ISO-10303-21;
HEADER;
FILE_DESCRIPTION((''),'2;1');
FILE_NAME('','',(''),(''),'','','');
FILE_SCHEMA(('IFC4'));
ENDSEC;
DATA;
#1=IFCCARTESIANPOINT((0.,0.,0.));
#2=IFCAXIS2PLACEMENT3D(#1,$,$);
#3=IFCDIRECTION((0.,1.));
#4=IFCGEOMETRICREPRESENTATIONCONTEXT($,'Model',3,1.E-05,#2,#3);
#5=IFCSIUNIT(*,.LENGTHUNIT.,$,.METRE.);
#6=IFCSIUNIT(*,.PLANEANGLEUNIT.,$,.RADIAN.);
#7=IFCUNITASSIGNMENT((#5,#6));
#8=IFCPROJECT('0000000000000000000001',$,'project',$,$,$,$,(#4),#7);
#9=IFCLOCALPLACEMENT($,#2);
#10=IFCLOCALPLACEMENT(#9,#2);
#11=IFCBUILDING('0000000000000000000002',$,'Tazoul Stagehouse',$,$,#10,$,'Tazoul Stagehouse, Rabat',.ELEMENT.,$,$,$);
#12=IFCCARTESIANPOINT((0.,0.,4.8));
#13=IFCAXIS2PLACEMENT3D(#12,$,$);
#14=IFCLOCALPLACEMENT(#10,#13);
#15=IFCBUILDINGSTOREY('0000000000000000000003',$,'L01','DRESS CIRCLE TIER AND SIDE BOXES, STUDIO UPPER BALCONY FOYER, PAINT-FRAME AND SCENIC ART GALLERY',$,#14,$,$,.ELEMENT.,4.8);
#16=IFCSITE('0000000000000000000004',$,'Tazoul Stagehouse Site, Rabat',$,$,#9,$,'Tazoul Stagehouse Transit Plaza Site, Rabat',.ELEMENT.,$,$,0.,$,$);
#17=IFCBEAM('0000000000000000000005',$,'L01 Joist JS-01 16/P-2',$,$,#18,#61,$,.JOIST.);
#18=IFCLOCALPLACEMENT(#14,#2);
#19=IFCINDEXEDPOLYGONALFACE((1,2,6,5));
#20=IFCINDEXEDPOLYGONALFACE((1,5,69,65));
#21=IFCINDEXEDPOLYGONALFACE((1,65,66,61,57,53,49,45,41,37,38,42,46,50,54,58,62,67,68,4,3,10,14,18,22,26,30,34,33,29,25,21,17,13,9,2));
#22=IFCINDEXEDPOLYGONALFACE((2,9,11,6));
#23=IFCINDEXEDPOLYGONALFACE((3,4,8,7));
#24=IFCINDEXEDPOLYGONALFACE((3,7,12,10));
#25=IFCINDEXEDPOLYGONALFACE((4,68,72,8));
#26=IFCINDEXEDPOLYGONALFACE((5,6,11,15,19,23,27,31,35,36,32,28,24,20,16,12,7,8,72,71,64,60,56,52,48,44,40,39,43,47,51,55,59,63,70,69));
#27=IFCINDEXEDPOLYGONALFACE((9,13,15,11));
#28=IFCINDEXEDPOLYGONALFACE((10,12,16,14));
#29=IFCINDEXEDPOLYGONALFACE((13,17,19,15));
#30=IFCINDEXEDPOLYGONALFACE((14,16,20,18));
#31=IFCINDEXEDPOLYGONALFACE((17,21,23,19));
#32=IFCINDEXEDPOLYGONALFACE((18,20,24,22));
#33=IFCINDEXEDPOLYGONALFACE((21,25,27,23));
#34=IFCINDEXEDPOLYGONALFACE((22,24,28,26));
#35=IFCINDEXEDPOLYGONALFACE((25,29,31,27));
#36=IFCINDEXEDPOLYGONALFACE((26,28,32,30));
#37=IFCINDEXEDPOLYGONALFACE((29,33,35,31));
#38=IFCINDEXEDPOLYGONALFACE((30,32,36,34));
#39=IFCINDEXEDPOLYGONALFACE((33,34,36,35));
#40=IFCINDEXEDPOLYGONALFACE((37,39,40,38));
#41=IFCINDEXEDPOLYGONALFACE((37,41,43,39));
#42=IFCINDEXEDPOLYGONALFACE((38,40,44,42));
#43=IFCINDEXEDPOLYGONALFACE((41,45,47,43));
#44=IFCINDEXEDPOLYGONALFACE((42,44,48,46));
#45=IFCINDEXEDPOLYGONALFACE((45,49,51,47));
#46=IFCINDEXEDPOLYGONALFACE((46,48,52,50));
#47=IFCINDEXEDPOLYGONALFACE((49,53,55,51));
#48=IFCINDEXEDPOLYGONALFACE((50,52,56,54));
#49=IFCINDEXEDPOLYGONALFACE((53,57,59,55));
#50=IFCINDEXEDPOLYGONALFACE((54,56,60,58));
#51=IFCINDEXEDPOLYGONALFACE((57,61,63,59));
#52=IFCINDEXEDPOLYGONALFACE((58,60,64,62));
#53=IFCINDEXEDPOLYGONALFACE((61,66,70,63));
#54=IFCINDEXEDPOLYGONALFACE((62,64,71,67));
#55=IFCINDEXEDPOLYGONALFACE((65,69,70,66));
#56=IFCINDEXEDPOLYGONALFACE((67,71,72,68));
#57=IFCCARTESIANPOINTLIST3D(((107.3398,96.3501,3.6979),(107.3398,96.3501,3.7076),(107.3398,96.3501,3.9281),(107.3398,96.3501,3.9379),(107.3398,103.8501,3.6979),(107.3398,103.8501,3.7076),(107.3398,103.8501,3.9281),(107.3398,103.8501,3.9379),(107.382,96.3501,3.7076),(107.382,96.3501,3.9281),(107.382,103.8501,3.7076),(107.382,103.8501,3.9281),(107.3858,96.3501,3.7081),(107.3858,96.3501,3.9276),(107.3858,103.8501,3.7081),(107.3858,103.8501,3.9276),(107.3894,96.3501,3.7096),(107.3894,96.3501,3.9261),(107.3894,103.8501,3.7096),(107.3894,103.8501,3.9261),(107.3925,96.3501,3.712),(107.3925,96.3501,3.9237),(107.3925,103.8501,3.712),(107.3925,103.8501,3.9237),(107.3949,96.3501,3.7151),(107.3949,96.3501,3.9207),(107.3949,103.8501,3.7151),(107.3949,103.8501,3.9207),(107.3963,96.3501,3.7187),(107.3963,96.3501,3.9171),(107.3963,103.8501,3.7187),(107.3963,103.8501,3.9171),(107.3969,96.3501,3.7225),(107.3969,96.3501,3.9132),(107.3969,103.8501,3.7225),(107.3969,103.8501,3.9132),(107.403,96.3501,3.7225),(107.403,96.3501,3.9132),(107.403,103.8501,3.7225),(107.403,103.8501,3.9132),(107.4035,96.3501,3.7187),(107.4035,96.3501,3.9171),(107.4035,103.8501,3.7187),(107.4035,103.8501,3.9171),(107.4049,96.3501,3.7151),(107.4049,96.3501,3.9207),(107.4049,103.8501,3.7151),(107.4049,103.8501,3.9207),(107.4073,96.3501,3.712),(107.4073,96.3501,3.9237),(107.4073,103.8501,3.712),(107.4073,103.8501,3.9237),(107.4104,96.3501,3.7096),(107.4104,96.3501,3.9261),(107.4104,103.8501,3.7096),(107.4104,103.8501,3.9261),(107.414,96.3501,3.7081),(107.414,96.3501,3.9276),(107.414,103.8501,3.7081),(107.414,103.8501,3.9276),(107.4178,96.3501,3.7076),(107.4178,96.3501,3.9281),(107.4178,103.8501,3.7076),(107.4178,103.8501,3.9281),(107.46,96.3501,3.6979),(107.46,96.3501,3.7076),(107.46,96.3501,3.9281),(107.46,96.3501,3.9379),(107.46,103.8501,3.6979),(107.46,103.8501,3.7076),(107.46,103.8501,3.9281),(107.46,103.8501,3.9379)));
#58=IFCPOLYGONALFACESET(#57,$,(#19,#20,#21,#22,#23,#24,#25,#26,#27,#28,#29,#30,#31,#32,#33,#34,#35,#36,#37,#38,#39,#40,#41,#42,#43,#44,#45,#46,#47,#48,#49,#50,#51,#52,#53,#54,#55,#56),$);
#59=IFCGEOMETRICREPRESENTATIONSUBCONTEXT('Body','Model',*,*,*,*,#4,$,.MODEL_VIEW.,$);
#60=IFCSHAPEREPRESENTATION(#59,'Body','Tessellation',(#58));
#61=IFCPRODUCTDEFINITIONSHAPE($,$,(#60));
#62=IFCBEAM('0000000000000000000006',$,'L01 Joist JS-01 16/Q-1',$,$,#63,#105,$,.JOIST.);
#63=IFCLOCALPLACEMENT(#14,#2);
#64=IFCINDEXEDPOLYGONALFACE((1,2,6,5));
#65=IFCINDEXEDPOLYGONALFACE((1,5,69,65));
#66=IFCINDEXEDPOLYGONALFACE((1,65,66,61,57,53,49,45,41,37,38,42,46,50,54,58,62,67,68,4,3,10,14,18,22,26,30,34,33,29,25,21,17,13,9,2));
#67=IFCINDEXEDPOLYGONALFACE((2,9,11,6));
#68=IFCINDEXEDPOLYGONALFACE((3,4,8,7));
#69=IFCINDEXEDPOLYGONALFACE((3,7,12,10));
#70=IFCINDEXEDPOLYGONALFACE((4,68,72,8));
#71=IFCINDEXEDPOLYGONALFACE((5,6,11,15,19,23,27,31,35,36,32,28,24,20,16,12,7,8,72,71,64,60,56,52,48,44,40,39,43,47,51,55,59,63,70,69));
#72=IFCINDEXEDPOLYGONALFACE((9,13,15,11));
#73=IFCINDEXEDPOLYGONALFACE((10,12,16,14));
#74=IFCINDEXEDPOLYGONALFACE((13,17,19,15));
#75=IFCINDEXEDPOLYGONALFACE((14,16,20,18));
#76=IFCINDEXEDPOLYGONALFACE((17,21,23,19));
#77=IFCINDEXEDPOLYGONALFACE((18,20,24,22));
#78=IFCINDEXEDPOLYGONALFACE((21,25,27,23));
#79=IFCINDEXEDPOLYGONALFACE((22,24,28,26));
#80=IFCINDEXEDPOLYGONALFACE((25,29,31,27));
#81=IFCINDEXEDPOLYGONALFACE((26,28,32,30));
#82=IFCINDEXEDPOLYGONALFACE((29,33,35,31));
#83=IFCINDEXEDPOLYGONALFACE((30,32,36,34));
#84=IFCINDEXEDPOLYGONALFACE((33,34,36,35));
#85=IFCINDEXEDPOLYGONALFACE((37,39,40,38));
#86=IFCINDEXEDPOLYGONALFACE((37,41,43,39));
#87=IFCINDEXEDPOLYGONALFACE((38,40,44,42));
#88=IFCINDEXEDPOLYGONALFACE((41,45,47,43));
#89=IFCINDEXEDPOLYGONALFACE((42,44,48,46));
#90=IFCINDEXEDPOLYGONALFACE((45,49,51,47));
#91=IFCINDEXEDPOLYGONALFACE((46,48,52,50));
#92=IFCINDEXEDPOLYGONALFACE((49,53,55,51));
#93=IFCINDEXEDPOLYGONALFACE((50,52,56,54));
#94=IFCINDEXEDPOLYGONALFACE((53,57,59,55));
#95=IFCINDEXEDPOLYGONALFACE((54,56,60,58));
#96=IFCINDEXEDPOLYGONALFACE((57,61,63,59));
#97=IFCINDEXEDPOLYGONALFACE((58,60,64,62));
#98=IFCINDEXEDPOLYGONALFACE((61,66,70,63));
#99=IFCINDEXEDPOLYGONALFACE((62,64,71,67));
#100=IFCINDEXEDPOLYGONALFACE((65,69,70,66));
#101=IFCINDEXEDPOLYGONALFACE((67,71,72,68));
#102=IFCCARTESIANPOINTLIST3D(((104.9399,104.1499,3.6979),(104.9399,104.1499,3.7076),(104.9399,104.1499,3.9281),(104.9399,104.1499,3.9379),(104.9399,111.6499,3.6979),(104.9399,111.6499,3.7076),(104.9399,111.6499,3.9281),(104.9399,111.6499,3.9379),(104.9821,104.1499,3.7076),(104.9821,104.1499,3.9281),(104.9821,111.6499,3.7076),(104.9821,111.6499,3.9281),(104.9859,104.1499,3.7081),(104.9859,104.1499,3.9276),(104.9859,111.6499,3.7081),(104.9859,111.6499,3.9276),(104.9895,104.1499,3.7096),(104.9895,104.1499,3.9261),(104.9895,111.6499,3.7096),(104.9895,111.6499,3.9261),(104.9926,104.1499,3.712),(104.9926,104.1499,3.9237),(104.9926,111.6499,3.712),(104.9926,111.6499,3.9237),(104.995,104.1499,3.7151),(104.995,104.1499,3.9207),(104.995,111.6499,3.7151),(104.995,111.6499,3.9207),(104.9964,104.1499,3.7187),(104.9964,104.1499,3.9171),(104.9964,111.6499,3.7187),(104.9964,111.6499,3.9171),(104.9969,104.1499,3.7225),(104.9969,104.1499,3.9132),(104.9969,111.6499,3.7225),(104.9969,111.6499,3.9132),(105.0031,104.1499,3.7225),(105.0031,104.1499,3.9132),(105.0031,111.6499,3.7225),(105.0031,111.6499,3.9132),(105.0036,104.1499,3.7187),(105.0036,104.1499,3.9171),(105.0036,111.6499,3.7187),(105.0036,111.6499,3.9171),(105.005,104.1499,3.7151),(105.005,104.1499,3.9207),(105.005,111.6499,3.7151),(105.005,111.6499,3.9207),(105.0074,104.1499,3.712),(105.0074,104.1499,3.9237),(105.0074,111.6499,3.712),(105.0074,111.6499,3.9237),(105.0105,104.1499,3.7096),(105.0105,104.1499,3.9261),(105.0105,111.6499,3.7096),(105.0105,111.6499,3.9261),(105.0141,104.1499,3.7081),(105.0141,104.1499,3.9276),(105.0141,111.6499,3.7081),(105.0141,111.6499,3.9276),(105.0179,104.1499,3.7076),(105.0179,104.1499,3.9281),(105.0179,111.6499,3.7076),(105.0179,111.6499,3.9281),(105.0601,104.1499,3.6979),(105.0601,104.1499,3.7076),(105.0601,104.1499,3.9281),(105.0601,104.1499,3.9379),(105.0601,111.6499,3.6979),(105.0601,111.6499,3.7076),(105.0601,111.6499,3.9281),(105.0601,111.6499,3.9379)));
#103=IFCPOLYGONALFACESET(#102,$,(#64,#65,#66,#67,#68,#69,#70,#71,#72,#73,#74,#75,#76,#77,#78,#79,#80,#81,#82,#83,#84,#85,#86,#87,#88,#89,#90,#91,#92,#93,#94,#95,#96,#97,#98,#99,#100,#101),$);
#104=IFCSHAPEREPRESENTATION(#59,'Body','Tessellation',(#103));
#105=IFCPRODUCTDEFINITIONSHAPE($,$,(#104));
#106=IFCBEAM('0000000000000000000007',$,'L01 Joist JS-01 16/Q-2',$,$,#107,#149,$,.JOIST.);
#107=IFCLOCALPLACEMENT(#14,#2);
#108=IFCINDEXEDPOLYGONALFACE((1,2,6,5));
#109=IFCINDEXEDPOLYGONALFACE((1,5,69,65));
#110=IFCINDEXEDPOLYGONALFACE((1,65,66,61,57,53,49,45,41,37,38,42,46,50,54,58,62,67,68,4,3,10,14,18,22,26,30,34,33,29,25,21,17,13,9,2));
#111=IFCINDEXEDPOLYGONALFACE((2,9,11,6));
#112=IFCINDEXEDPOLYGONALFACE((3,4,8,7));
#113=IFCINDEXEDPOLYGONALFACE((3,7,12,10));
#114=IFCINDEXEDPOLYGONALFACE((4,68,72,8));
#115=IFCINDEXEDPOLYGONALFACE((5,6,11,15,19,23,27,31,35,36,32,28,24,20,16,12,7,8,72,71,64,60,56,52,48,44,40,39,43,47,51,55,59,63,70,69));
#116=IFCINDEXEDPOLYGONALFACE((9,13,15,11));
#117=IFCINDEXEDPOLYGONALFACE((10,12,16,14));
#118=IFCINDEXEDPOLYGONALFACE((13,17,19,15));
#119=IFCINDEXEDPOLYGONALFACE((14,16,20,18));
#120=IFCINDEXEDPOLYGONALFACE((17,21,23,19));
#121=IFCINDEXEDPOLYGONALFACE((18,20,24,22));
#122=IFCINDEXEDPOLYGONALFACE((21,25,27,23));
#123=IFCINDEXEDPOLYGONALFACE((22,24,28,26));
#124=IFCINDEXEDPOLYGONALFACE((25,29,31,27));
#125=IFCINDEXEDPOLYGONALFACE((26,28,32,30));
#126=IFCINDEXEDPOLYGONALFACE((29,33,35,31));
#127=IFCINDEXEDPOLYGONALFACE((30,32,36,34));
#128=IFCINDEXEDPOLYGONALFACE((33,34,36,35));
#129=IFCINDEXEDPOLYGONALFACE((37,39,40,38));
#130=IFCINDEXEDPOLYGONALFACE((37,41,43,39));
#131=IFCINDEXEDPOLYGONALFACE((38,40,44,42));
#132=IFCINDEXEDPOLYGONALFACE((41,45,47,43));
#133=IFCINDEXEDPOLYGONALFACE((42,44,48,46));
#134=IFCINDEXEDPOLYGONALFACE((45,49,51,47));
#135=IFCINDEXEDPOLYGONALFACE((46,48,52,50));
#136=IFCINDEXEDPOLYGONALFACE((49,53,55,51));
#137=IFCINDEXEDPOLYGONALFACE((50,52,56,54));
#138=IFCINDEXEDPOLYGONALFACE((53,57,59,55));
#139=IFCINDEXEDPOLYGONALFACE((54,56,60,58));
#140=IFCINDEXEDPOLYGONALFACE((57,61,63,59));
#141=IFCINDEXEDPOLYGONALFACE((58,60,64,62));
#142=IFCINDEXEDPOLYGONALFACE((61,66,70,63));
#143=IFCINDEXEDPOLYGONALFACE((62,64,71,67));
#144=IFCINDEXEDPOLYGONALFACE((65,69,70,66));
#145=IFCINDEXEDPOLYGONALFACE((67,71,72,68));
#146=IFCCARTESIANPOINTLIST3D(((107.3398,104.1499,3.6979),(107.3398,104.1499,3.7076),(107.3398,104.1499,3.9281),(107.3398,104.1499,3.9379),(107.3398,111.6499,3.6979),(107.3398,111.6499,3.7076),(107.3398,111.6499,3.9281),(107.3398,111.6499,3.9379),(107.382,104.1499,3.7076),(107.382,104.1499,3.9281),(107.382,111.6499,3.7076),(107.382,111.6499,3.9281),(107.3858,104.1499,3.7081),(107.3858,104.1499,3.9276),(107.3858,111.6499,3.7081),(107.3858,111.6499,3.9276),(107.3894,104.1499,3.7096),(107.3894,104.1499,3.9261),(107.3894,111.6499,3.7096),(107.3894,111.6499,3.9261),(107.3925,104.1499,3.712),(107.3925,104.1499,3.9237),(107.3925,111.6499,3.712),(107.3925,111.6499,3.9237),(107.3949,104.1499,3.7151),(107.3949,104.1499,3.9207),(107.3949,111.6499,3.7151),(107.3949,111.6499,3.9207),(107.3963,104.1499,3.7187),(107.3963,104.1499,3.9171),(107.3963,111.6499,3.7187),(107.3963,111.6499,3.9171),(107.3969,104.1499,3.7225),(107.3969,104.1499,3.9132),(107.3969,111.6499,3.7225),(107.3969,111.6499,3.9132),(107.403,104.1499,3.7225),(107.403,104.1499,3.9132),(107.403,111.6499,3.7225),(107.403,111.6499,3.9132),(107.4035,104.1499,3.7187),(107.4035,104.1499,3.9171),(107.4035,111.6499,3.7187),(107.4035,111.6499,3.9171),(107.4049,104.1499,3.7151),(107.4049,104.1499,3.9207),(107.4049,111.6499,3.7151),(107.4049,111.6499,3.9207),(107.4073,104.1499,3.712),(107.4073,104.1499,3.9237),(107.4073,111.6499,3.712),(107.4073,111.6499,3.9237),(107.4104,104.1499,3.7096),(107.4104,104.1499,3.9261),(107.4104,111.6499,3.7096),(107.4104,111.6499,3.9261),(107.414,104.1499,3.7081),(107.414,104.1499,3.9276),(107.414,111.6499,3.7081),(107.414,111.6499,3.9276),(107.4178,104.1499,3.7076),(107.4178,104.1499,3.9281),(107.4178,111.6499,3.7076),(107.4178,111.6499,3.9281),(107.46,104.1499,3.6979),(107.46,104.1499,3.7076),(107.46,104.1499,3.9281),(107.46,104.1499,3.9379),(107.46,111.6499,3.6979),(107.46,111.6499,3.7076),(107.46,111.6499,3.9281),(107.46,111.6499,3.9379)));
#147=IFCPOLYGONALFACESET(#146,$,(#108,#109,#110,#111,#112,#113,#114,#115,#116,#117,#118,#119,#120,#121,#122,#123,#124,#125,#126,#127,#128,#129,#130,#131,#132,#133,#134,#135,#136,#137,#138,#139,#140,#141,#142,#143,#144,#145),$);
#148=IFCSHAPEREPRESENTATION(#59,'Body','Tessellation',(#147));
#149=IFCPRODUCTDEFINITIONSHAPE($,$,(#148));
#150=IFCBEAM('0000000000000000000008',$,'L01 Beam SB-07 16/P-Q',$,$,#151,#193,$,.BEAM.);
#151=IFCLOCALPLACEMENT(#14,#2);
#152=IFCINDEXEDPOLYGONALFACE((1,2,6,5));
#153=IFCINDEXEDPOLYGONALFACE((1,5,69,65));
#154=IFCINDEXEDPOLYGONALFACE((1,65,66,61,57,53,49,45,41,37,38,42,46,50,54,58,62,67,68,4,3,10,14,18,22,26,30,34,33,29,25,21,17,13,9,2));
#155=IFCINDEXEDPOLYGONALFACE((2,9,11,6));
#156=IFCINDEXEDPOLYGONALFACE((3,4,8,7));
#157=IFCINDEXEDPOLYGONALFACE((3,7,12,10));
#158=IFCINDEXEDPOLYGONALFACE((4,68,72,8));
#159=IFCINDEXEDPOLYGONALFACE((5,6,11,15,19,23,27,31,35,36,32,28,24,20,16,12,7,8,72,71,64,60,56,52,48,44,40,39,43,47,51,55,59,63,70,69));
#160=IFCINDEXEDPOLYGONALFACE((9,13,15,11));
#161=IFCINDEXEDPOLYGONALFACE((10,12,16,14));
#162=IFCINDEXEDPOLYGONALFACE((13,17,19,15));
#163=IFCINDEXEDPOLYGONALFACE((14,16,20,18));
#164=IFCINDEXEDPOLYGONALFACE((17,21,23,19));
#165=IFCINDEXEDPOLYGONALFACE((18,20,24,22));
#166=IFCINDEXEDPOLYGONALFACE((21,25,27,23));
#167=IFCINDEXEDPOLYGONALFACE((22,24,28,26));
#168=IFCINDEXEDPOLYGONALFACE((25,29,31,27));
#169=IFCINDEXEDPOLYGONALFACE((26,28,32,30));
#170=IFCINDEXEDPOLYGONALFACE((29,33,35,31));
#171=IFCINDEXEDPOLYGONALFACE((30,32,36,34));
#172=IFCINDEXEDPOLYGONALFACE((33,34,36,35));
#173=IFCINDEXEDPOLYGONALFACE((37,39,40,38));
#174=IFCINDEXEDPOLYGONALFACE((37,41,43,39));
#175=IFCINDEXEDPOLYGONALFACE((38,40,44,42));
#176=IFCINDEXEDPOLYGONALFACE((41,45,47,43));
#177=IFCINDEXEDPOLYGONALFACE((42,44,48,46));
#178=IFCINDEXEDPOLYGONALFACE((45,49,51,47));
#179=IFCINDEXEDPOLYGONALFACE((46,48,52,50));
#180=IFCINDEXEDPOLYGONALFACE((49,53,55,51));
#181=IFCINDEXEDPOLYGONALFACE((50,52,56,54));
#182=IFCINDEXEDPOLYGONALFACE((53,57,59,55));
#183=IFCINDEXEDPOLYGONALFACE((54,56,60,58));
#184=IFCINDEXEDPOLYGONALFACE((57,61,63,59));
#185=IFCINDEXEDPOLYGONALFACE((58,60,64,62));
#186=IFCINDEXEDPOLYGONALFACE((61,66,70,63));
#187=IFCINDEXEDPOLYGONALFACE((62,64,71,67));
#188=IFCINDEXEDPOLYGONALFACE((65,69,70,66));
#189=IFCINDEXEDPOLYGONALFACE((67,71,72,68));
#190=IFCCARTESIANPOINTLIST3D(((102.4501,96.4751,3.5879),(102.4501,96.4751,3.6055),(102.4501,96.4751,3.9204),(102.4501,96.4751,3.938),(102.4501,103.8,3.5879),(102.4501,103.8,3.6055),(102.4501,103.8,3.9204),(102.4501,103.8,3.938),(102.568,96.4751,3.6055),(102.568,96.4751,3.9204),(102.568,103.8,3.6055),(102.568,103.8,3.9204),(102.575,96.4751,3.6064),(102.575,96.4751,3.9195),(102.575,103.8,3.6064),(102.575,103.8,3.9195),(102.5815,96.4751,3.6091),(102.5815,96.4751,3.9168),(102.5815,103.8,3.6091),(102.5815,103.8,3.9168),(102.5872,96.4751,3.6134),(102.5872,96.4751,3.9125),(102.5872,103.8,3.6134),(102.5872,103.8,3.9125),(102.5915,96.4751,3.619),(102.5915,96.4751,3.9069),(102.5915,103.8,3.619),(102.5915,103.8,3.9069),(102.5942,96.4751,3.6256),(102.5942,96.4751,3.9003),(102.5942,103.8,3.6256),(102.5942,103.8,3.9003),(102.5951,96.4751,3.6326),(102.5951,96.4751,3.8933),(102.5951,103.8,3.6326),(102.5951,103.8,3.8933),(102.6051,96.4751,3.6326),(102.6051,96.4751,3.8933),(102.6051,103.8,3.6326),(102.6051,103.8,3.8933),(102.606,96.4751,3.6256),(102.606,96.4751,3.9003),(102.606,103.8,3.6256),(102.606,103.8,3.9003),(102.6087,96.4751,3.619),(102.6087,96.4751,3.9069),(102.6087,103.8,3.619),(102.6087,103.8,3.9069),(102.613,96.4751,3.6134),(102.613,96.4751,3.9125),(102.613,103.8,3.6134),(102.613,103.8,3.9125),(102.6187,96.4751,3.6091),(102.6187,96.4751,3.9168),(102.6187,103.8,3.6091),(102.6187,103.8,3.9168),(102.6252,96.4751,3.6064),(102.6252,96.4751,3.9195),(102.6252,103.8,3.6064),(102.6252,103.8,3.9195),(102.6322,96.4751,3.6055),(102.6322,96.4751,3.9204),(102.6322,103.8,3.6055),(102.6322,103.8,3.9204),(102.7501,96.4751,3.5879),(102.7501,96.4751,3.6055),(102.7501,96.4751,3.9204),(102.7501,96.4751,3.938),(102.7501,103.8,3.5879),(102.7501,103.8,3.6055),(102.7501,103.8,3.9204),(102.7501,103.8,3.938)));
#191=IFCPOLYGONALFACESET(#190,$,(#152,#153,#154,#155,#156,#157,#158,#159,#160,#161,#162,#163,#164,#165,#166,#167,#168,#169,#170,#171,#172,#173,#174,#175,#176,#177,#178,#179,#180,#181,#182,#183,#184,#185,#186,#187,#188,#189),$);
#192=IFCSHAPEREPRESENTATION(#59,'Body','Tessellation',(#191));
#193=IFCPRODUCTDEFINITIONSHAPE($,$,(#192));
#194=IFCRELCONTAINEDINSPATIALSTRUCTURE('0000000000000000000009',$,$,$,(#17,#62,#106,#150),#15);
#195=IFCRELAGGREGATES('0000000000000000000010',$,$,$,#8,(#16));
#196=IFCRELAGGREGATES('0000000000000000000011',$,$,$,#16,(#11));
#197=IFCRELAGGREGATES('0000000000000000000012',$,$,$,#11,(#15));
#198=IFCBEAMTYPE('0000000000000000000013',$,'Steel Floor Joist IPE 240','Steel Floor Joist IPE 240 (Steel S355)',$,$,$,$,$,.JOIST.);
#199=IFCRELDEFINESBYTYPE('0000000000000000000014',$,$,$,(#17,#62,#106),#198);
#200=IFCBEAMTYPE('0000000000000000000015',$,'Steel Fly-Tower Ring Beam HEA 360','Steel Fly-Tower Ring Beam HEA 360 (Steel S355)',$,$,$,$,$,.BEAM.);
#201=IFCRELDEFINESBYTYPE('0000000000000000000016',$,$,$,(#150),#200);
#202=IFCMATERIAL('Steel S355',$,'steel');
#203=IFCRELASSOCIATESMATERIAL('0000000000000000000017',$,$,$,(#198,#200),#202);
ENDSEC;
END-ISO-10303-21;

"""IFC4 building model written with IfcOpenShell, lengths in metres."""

from ifc_helpers import new_model, si_unit, direction, frame, origin, origin_2d, place, context, subcontext, project, spatial, i_section, extrude, material, material_profile, profile_set, type_object, element, save


model = new_model("IFC4")

# Units and contexts
model_context = context("Model", 3, precision=1e-05, world=origin(), true_north=direction((0.0, 1.0)))
body_context = subcontext(model_context, "Body", "Model", "MODEL_VIEW")
ifc_project = project(units=[si_unit("LENGTHUNIT", "METRE"), si_unit("PLANEANGLEUNIT", "RADIAN")], contexts=[model_context])

# Site, building, storey
site_placement = place(None, origin())
site = spatial("IfcSite", under=ifc_project, at=site_placement, Name="Tazoul Stagehouse Site, Rabat", LongName="Tazoul Stagehouse Transit Plaza Site, Rabat", CompositionType="ELEMENT", RefElevation=0.0)
building_placement = place(site_placement, origin())
building = spatial("IfcBuilding", under=site, at=building_placement, Name="Tazoul Stagehouse", LongName="Tazoul Stagehouse, Rabat", CompositionType="ELEMENT")
storey_placement = place(building_placement, frame((0.0, 0.0, 4.8)))
storey = spatial("IfcBuildingStorey", under=building, at=storey_placement, Name="L01", Description="DRESS CIRCLE TIER AND SIDE BOXES, STUDIO UPPER BALCONY FOYER, PAINT-FRAME AND SCENIC ART GALLERY", CompositionType="ELEMENT", Elevation=4.8)

# Shared definitions
ifc_material_1 = material(Name="Steel S355", Category="steel")

# Beams
ifc_material_profile_1 = material_profile(ifc_material_1, i_section(OverallWidth=0.1201, OverallDepth=0.24, WebThickness=0.0061, FlangeThickness=0.0098, FilletRadius=0.0149, at=origin_2d()), Name="IPE 240")
ifc_profile_set_1 = profile_set([ifc_material_profile_1], Name="Steel S355")
beam_type_1 = type_object("IfcBeamType", Name="Steel Floor Joist IPE 240", Description="Steel Floor Joist IPE 240 (Steel S355)", PredefinedType="JOIST", material=ifc_profile_set_1)
for number, where, z_axis, x_axis, name in (
    (1, (107.3999, 96.3501, 3.8179), (0.0, 1.0, 0.0), (-1.0, 0.0, 0.0), "L01 Joist JS-01 16/P-2"),
    (2, (105.0, 104.1499, 3.8179), (0.0, 1.0, 0.0), (-1.0, 0.0, 0.0), "L01 Joist JS-01 16/Q-1"),
    (3, (107.3999, 104.1499, 3.8179), (0.0, 1.0, 0.0), (-1.0, 0.0, 0.0), "L01 Joist JS-01 16/Q-2"),
):
    element("IfcBeam", number, at=place(storey_placement, frame(where, z_axis=z_axis, x_axis=x_axis)), inside=storey, type_object=beam_type_1, Name=name, PredefinedType="JOIST", context=body_context, shape_type="SweptSolid", body=[
        extrude(i_section(OverallWidth=0.1201, OverallDepth=0.24, WebThickness=0.0061, FlangeThickness=0.0098, FilletRadius=0.0149, at=origin_2d()), origin(), (0.0, 0.0, 1.0), 7.5),
    ])
ifc_material_profile_2 = material_profile(ifc_material_1, i_section(OverallWidth=0.3, OverallDepth=0.3501, WebThickness=0.01, FlangeThickness=0.0176, FilletRadius=0.0271, at=origin_2d()), Name="HEA 360")
ifc_profile_set_2 = profile_set([ifc_material_profile_2], Name="Steel S355")
beam_type_2 = type_object("IfcBeamType", Name="Steel Fly-Tower Ring Beam HEA 360", Description="Steel Fly-Tower Ring Beam HEA 360 (Steel S355)", PredefinedType="BEAM", material=ifc_profile_set_2)
beam_1_placement = place(storey_placement, frame((102.6001, 96.4751, 3.7629), z_axis=(0.0, 1.0, 0.0), x_axis=(-1.0, 0.0, 0.0)))
element("IfcBeam", 4, at=beam_1_placement, inside=storey, type_object=beam_type_2, Name="L01 Beam SB-07 16/P-Q", PredefinedType="BEAM", context=body_context, shape_type="SweptSolid", body=[
    extrude(i_section(OverallWidth=0.3, OverallDepth=0.3501, WebThickness=0.01, FlangeThickness=0.0176, FilletRadius=0.0271, at=origin_2d()), origin(), (0.0, 0.0, 1.0), 7.325),
])

save(model, "model.ifc")
